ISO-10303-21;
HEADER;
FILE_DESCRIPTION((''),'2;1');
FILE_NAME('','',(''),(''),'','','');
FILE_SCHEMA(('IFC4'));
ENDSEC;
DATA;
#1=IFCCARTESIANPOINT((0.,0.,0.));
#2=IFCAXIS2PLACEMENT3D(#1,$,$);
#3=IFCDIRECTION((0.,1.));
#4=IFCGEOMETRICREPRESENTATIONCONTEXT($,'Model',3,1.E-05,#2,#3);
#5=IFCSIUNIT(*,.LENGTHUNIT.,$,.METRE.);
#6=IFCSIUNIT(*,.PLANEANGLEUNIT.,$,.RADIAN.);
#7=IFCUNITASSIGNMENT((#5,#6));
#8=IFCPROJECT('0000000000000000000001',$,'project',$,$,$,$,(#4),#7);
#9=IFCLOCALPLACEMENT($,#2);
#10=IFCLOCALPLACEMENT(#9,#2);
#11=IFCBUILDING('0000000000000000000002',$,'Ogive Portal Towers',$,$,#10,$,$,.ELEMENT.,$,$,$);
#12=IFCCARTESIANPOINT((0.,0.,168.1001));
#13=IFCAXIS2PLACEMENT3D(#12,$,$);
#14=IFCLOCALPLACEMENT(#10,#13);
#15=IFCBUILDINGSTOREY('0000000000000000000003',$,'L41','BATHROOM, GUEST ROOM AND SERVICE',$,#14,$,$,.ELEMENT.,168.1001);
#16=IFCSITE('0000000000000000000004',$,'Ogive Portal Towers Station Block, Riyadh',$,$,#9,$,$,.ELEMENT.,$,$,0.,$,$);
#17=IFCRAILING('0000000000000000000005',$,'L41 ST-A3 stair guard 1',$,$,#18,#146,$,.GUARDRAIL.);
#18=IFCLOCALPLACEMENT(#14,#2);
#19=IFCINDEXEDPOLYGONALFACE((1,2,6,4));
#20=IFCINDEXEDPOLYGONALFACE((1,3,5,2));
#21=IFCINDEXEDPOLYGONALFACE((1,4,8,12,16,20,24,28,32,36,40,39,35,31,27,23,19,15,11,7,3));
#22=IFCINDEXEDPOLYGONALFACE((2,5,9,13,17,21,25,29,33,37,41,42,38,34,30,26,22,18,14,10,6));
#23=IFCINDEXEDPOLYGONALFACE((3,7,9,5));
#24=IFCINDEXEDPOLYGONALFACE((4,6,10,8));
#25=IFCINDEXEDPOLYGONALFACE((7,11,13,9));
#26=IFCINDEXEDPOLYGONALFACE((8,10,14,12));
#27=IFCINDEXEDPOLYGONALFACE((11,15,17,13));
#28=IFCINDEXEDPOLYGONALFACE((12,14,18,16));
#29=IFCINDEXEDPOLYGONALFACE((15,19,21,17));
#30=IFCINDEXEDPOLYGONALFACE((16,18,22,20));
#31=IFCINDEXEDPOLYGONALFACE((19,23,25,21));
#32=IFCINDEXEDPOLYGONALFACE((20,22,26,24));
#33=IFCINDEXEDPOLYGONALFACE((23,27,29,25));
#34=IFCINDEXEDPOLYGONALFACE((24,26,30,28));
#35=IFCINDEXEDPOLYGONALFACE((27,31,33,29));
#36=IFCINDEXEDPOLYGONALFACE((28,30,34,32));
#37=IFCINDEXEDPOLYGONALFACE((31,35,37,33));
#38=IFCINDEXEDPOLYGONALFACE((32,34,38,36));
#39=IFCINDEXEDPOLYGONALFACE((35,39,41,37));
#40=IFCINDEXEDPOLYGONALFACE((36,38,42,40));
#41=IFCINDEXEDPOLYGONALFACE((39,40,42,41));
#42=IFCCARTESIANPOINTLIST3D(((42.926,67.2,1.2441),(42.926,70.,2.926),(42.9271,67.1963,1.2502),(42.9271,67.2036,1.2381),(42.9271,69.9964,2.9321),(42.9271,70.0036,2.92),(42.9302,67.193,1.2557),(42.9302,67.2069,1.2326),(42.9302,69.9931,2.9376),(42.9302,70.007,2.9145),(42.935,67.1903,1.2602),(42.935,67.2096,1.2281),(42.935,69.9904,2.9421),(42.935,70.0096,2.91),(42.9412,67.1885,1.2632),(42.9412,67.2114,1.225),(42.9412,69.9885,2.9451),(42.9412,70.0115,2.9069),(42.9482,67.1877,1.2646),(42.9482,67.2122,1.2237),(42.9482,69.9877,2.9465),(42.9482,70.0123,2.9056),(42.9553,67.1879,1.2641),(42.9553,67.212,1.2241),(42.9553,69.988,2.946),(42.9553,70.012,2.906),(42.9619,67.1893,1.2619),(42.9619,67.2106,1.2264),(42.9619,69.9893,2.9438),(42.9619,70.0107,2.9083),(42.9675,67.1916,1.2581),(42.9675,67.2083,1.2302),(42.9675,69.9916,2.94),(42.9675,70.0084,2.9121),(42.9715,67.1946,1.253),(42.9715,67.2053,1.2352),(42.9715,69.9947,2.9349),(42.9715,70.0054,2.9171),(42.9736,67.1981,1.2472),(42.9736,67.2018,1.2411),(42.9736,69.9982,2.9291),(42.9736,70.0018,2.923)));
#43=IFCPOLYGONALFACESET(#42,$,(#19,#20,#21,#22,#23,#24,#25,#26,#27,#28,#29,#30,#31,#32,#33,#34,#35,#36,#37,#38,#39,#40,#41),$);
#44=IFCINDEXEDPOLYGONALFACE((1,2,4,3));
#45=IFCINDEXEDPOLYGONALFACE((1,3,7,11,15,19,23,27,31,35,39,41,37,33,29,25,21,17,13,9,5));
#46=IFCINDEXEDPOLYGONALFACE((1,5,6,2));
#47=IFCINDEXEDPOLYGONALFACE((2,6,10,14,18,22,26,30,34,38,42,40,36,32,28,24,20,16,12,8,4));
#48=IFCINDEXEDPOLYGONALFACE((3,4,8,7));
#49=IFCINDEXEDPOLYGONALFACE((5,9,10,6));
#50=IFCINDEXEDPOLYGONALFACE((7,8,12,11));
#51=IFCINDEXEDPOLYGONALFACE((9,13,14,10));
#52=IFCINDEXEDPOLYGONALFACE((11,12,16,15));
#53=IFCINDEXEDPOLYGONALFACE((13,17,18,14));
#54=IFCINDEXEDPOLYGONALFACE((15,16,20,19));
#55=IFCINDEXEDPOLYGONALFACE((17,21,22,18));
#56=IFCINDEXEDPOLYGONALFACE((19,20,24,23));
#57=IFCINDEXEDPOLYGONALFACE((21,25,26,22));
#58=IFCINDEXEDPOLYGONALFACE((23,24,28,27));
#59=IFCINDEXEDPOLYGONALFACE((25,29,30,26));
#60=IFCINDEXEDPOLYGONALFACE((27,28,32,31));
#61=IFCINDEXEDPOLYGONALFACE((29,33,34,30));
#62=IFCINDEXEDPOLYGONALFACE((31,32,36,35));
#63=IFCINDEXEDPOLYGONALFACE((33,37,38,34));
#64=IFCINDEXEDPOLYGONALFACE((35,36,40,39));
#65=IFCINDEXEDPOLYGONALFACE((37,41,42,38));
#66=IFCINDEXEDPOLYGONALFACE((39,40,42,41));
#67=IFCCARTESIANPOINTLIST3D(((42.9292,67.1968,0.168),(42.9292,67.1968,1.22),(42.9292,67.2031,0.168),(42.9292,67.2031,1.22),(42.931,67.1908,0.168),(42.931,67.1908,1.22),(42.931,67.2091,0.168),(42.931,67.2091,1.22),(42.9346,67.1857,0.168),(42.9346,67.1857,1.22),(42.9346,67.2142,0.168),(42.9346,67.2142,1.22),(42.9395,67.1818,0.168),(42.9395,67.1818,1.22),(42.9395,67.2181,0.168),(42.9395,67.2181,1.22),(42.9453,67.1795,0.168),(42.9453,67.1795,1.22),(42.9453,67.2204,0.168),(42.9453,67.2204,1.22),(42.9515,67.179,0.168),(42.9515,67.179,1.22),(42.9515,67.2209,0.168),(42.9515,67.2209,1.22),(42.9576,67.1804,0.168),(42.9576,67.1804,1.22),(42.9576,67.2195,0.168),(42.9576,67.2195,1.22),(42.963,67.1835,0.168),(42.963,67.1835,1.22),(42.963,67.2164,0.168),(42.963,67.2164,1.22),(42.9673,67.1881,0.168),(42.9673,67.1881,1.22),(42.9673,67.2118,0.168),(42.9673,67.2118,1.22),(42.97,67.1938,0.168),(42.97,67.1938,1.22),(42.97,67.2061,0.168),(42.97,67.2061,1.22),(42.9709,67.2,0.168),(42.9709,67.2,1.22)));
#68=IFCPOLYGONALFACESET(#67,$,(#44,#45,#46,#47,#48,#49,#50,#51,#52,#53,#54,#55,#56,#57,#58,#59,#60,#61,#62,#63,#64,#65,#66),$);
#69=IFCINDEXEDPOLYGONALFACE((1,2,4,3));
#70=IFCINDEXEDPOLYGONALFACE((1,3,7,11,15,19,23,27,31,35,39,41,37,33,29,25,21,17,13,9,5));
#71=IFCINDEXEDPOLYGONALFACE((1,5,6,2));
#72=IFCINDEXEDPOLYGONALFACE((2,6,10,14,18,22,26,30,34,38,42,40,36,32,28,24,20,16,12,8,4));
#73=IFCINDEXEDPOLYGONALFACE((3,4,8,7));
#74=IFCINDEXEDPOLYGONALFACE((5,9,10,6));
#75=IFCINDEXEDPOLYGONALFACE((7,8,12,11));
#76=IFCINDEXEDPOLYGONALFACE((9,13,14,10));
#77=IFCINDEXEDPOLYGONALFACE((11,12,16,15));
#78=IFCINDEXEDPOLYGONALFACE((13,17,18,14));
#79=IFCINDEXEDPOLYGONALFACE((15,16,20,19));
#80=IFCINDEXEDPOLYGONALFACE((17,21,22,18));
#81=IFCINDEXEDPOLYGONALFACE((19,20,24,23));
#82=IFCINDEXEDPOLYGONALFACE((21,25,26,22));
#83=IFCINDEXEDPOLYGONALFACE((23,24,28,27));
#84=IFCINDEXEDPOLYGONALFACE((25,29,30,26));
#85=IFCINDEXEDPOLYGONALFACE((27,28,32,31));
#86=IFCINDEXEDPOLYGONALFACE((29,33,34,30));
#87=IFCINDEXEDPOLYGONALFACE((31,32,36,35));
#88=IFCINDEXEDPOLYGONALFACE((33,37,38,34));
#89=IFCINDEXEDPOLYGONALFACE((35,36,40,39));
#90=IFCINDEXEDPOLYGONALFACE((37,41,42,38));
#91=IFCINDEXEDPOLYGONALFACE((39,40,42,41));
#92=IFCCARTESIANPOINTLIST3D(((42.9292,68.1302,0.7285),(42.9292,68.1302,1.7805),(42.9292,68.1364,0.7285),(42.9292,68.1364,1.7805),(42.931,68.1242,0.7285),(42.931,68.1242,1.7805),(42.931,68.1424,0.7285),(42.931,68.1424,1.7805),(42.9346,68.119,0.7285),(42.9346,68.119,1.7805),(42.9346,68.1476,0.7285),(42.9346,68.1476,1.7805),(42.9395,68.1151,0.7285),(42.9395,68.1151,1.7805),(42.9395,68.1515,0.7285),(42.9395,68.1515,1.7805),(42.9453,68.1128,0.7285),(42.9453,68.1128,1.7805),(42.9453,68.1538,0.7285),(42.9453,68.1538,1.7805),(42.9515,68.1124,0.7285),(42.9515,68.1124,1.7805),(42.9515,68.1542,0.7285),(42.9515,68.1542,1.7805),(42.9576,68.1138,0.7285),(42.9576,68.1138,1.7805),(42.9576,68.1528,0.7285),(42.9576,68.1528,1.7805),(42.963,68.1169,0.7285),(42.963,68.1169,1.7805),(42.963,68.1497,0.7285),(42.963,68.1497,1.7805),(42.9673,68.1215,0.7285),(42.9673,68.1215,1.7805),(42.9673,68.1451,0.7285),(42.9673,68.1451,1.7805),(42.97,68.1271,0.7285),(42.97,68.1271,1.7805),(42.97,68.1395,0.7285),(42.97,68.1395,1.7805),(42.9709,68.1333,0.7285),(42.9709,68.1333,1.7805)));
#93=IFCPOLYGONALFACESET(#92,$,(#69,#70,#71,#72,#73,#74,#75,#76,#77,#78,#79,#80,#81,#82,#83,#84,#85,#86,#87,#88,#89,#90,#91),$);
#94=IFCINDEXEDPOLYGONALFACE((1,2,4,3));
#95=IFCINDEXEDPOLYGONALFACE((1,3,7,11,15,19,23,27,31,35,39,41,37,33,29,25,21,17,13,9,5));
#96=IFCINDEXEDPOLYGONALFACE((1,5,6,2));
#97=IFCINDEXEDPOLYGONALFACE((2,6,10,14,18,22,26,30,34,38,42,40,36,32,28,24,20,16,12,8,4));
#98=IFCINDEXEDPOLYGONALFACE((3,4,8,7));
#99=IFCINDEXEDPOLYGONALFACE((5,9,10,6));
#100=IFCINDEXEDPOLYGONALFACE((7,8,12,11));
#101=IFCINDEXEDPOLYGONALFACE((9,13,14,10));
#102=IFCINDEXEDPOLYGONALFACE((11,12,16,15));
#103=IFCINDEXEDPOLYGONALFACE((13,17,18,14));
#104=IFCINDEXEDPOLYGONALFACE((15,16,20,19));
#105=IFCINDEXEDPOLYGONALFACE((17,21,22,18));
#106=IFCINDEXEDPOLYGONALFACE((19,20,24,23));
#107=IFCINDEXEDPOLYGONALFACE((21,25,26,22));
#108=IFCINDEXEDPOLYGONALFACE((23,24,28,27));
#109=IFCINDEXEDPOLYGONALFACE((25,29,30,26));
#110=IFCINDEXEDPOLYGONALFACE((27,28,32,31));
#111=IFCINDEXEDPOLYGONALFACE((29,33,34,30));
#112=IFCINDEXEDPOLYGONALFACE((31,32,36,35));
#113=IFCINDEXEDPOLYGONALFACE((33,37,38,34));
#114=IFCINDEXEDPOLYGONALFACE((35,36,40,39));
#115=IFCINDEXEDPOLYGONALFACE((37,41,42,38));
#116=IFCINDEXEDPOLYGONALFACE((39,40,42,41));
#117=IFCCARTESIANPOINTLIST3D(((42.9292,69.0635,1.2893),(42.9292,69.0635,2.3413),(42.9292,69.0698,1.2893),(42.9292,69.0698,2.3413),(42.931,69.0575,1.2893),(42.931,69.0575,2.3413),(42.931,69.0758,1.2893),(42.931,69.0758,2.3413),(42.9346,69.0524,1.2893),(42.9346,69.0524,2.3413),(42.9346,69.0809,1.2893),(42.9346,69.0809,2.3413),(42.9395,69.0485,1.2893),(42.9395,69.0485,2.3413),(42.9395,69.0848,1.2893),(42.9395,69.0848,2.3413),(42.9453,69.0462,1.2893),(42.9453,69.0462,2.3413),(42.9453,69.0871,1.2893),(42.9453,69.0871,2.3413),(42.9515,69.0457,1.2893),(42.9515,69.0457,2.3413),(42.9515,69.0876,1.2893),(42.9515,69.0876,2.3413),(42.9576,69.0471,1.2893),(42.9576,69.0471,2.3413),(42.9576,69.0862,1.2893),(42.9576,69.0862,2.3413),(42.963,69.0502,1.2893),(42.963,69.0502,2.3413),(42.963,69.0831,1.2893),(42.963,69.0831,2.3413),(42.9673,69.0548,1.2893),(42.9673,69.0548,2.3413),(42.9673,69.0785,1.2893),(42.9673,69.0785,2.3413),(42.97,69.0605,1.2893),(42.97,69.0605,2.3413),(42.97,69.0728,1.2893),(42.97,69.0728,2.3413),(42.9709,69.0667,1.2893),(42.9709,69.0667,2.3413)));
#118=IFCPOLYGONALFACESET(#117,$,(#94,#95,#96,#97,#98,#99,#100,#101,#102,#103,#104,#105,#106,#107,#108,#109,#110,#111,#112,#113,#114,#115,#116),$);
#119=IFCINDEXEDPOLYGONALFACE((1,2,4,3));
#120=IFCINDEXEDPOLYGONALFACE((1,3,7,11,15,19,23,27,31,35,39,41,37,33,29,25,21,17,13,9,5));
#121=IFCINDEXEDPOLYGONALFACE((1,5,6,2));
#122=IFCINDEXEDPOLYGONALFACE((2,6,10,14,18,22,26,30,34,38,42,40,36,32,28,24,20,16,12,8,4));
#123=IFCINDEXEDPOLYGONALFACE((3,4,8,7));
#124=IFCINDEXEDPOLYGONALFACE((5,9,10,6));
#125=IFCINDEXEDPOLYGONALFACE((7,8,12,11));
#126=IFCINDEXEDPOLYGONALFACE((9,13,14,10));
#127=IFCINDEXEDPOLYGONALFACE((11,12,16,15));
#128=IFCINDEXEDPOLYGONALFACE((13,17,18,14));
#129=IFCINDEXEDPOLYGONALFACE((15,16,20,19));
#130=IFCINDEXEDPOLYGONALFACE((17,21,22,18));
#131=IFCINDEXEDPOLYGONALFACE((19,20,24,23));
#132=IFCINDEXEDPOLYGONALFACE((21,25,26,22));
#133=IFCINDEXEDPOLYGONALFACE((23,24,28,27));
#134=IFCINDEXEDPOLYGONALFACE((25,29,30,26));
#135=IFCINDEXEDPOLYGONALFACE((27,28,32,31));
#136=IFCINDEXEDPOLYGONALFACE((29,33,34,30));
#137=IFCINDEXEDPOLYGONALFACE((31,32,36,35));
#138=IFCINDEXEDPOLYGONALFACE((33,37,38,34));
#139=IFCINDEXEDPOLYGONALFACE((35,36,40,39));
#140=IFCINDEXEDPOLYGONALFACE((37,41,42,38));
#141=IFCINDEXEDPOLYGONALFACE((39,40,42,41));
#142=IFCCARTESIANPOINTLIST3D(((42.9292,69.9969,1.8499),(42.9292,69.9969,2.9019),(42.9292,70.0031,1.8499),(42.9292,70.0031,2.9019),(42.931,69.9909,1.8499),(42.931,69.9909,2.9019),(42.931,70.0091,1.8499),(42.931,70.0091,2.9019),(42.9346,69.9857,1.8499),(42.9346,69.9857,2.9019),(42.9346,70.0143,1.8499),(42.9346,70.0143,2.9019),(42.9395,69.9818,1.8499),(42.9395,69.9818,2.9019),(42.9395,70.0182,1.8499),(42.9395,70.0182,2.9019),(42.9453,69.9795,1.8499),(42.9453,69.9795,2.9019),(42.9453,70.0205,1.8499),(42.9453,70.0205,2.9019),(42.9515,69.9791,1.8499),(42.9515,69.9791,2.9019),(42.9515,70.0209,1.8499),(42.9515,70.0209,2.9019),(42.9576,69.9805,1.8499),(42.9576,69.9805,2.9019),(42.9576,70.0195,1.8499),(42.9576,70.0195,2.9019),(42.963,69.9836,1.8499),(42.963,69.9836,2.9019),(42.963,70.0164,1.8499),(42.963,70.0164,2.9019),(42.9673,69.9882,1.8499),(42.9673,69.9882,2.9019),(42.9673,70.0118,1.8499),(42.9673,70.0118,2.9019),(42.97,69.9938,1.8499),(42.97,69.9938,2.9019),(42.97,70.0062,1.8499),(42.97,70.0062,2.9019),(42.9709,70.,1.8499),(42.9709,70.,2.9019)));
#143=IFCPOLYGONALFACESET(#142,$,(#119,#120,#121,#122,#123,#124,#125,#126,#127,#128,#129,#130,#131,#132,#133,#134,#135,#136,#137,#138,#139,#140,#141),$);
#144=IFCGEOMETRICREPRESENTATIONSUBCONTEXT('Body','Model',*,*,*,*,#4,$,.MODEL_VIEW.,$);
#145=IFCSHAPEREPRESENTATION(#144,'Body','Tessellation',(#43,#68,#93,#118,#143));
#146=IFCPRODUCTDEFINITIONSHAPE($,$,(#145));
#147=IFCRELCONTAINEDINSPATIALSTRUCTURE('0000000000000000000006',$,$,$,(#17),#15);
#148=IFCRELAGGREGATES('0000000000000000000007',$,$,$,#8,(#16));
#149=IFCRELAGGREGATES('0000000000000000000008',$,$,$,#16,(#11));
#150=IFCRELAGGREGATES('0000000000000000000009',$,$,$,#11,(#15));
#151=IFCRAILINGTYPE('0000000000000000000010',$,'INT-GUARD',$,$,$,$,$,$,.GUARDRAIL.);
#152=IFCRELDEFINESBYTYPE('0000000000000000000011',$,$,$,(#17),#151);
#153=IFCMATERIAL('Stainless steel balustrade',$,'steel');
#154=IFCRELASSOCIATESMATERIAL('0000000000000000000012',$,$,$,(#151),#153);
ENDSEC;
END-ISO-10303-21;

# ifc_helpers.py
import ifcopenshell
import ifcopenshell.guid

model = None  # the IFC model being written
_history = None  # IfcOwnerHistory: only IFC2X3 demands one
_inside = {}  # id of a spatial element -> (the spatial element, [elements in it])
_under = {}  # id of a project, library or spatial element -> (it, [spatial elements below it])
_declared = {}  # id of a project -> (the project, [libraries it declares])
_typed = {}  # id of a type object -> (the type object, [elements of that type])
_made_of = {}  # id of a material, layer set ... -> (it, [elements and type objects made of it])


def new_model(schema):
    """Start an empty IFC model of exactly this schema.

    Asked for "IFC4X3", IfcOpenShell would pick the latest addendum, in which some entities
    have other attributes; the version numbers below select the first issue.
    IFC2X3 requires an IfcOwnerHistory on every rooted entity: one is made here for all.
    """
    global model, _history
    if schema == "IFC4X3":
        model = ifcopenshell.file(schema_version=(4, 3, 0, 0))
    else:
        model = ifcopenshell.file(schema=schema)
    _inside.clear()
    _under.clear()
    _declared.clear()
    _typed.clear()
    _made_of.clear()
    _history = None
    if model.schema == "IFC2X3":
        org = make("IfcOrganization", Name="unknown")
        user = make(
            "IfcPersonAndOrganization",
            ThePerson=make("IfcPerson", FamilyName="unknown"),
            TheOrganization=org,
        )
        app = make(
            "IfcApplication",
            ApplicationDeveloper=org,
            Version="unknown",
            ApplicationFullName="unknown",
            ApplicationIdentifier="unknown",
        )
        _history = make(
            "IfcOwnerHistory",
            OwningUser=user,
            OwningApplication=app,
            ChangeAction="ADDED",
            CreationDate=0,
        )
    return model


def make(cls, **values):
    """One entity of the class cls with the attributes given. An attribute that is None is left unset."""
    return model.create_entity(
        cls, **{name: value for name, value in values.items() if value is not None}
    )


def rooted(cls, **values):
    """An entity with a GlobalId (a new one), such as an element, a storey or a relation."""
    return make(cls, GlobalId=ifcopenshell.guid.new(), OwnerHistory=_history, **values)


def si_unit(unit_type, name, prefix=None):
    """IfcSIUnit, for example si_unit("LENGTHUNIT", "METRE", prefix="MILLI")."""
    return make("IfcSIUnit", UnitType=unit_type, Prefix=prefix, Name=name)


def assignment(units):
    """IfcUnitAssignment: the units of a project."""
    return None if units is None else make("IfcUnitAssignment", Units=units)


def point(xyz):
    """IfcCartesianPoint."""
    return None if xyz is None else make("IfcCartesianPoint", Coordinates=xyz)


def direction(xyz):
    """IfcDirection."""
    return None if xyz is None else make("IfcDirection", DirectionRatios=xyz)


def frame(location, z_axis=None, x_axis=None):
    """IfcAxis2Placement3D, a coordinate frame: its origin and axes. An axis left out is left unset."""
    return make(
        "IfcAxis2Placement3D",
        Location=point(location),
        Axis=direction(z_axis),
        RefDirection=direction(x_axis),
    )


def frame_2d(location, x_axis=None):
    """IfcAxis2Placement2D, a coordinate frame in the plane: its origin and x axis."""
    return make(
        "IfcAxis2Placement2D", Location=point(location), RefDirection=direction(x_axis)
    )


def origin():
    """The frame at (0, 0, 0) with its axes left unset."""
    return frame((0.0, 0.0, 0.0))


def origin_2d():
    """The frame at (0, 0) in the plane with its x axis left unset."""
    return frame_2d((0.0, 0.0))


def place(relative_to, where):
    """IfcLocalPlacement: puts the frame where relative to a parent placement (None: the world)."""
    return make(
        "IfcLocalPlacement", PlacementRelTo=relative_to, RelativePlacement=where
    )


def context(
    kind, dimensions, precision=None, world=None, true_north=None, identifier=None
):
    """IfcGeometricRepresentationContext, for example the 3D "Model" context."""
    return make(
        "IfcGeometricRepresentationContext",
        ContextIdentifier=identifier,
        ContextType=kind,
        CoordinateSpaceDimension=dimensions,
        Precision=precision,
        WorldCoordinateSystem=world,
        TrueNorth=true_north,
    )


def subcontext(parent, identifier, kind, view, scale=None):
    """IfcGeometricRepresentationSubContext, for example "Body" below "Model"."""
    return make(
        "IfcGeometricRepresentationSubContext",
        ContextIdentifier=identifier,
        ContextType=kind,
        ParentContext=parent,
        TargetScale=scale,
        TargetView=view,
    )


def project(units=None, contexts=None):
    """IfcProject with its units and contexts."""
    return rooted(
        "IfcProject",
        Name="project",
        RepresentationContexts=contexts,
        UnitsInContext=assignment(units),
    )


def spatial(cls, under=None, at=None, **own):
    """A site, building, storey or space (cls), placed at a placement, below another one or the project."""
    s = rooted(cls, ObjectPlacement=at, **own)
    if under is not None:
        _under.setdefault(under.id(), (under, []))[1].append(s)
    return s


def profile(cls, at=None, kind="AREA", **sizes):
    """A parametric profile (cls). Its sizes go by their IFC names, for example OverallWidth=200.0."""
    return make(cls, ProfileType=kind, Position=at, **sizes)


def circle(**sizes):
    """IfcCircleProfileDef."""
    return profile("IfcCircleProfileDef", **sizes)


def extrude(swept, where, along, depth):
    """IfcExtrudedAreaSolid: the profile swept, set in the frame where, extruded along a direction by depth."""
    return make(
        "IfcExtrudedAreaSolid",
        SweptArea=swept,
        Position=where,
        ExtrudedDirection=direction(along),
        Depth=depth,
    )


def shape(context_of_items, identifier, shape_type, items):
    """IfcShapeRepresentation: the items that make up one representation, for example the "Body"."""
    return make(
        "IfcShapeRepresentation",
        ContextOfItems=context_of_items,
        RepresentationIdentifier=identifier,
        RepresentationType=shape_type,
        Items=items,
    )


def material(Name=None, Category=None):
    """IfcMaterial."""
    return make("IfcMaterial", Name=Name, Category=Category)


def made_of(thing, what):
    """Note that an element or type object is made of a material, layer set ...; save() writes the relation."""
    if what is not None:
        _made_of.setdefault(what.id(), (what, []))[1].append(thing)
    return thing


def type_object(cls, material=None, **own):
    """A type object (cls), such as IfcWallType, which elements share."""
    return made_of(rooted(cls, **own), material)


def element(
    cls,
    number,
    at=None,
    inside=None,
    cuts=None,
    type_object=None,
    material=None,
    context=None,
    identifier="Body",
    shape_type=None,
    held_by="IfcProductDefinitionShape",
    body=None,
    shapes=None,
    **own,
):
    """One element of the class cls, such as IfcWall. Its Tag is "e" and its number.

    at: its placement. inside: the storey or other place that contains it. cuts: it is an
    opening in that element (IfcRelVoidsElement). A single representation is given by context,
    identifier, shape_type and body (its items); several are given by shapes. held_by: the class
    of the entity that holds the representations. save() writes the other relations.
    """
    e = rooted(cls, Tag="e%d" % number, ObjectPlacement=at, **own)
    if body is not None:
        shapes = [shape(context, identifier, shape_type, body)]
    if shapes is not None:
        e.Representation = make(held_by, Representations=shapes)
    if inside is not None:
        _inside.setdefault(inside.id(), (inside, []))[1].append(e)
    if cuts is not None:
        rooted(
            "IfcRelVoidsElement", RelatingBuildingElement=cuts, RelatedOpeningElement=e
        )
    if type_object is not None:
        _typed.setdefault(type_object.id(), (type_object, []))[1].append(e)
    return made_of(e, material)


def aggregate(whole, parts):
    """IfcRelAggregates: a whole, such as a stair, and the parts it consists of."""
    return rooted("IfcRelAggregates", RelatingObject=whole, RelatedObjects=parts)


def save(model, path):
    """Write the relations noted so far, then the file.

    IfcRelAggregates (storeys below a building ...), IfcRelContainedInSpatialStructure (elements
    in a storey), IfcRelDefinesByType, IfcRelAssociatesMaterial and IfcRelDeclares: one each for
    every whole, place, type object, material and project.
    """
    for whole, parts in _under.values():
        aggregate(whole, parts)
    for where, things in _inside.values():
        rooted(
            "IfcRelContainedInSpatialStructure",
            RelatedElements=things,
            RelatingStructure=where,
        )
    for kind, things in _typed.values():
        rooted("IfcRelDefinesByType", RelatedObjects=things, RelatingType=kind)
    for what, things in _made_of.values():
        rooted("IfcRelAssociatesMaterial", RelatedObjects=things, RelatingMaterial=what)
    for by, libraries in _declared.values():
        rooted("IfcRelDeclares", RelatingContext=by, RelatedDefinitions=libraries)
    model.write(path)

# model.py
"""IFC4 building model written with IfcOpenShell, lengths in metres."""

from ifc_helpers import new_model, si_unit, direction, frame, origin, origin_2d, place, context, subcontext, project, spatial, circle, extrude, material, type_object, element, save


model = new_model("IFC4")

# Units and contexts
model_context = context("Model", 3, precision=1e-05, world=origin(), true_north=direction((0.0, 1.0)))
body_context = subcontext(model_context, "Body", "Model", "MODEL_VIEW")
ifc_project = project(units=[si_unit("LENGTHUNIT", "METRE"), si_unit("PLANEANGLEUNIT", "RADIAN")], contexts=[model_context])

# Site, building, storey
site_placement = place(None, origin())
site = spatial("IfcSite", under=ifc_project, at=site_placement, Name="Ogive Portal Towers Station Block, Riyadh", CompositionType="ELEMENT", RefElevation=0.0)
building_placement = place(site_placement, origin())
building = spatial("IfcBuilding", under=site, at=building_placement, Name="Ogive Portal Towers", CompositionType="ELEMENT")
storey_placement = place(building_placement, frame((0.0, 0.0, 168.1001)))
storey = spatial("IfcBuildingStorey", under=building, at=storey_placement, Name="L41", Description="BATHROOM, GUEST ROOM AND SERVICE", CompositionType="ELEMENT", Elevation=168.1001)

# Railing
ifc_material_1 = material(Name="Stainless steel balustrade", Category="steel")
railing_type_1 = type_object("IfcRailingType", Name="INT-GUARD", PredefinedType="GUARDRAIL", material=ifc_material_1)
railing_1_placement = place(storey_placement, frame((42.95, 67.2, 0.168)))
element("IfcRailing", 1, at=railing_1_placement, inside=storey, type_object=railing_type_1, Name="L41 ST-A3 stair guard 1", PredefinedType="GUARDRAIL", context=body_context, shape_type="SweptSolid", body=[
    extrude(circle(Radius=0.0239, at=origin_2d()), frame((0.0, 0.0, 1.0762), z_axis=(0.0, 0.857242, 0.514913), x_axis=(-1.0, 0.0, 0.0)), (0.0, 0.0, 1.0), 3.2664),
    extrude(circle(Radius=0.021, at=origin_2d()), origin(), (0.0, 0.0, 1.0), 1.052),
    extrude(circle(Radius=0.021, at=origin_2d()), frame((0.0, 0.9333, 0.5605)), (0.0, 0.0, 1.0), 1.052),
    extrude(circle(Radius=0.021, at=origin_2d()), frame((0.0, 1.8667, 1.1213)), (0.0, 0.0, 1.0), 1.052),
    extrude(circle(Radius=0.021, at=origin_2d()), frame((0.0, 2.8, 1.6819)), (0.0, 0.0, 1.0), 1.052),
])

save(model, "model.ifc")
